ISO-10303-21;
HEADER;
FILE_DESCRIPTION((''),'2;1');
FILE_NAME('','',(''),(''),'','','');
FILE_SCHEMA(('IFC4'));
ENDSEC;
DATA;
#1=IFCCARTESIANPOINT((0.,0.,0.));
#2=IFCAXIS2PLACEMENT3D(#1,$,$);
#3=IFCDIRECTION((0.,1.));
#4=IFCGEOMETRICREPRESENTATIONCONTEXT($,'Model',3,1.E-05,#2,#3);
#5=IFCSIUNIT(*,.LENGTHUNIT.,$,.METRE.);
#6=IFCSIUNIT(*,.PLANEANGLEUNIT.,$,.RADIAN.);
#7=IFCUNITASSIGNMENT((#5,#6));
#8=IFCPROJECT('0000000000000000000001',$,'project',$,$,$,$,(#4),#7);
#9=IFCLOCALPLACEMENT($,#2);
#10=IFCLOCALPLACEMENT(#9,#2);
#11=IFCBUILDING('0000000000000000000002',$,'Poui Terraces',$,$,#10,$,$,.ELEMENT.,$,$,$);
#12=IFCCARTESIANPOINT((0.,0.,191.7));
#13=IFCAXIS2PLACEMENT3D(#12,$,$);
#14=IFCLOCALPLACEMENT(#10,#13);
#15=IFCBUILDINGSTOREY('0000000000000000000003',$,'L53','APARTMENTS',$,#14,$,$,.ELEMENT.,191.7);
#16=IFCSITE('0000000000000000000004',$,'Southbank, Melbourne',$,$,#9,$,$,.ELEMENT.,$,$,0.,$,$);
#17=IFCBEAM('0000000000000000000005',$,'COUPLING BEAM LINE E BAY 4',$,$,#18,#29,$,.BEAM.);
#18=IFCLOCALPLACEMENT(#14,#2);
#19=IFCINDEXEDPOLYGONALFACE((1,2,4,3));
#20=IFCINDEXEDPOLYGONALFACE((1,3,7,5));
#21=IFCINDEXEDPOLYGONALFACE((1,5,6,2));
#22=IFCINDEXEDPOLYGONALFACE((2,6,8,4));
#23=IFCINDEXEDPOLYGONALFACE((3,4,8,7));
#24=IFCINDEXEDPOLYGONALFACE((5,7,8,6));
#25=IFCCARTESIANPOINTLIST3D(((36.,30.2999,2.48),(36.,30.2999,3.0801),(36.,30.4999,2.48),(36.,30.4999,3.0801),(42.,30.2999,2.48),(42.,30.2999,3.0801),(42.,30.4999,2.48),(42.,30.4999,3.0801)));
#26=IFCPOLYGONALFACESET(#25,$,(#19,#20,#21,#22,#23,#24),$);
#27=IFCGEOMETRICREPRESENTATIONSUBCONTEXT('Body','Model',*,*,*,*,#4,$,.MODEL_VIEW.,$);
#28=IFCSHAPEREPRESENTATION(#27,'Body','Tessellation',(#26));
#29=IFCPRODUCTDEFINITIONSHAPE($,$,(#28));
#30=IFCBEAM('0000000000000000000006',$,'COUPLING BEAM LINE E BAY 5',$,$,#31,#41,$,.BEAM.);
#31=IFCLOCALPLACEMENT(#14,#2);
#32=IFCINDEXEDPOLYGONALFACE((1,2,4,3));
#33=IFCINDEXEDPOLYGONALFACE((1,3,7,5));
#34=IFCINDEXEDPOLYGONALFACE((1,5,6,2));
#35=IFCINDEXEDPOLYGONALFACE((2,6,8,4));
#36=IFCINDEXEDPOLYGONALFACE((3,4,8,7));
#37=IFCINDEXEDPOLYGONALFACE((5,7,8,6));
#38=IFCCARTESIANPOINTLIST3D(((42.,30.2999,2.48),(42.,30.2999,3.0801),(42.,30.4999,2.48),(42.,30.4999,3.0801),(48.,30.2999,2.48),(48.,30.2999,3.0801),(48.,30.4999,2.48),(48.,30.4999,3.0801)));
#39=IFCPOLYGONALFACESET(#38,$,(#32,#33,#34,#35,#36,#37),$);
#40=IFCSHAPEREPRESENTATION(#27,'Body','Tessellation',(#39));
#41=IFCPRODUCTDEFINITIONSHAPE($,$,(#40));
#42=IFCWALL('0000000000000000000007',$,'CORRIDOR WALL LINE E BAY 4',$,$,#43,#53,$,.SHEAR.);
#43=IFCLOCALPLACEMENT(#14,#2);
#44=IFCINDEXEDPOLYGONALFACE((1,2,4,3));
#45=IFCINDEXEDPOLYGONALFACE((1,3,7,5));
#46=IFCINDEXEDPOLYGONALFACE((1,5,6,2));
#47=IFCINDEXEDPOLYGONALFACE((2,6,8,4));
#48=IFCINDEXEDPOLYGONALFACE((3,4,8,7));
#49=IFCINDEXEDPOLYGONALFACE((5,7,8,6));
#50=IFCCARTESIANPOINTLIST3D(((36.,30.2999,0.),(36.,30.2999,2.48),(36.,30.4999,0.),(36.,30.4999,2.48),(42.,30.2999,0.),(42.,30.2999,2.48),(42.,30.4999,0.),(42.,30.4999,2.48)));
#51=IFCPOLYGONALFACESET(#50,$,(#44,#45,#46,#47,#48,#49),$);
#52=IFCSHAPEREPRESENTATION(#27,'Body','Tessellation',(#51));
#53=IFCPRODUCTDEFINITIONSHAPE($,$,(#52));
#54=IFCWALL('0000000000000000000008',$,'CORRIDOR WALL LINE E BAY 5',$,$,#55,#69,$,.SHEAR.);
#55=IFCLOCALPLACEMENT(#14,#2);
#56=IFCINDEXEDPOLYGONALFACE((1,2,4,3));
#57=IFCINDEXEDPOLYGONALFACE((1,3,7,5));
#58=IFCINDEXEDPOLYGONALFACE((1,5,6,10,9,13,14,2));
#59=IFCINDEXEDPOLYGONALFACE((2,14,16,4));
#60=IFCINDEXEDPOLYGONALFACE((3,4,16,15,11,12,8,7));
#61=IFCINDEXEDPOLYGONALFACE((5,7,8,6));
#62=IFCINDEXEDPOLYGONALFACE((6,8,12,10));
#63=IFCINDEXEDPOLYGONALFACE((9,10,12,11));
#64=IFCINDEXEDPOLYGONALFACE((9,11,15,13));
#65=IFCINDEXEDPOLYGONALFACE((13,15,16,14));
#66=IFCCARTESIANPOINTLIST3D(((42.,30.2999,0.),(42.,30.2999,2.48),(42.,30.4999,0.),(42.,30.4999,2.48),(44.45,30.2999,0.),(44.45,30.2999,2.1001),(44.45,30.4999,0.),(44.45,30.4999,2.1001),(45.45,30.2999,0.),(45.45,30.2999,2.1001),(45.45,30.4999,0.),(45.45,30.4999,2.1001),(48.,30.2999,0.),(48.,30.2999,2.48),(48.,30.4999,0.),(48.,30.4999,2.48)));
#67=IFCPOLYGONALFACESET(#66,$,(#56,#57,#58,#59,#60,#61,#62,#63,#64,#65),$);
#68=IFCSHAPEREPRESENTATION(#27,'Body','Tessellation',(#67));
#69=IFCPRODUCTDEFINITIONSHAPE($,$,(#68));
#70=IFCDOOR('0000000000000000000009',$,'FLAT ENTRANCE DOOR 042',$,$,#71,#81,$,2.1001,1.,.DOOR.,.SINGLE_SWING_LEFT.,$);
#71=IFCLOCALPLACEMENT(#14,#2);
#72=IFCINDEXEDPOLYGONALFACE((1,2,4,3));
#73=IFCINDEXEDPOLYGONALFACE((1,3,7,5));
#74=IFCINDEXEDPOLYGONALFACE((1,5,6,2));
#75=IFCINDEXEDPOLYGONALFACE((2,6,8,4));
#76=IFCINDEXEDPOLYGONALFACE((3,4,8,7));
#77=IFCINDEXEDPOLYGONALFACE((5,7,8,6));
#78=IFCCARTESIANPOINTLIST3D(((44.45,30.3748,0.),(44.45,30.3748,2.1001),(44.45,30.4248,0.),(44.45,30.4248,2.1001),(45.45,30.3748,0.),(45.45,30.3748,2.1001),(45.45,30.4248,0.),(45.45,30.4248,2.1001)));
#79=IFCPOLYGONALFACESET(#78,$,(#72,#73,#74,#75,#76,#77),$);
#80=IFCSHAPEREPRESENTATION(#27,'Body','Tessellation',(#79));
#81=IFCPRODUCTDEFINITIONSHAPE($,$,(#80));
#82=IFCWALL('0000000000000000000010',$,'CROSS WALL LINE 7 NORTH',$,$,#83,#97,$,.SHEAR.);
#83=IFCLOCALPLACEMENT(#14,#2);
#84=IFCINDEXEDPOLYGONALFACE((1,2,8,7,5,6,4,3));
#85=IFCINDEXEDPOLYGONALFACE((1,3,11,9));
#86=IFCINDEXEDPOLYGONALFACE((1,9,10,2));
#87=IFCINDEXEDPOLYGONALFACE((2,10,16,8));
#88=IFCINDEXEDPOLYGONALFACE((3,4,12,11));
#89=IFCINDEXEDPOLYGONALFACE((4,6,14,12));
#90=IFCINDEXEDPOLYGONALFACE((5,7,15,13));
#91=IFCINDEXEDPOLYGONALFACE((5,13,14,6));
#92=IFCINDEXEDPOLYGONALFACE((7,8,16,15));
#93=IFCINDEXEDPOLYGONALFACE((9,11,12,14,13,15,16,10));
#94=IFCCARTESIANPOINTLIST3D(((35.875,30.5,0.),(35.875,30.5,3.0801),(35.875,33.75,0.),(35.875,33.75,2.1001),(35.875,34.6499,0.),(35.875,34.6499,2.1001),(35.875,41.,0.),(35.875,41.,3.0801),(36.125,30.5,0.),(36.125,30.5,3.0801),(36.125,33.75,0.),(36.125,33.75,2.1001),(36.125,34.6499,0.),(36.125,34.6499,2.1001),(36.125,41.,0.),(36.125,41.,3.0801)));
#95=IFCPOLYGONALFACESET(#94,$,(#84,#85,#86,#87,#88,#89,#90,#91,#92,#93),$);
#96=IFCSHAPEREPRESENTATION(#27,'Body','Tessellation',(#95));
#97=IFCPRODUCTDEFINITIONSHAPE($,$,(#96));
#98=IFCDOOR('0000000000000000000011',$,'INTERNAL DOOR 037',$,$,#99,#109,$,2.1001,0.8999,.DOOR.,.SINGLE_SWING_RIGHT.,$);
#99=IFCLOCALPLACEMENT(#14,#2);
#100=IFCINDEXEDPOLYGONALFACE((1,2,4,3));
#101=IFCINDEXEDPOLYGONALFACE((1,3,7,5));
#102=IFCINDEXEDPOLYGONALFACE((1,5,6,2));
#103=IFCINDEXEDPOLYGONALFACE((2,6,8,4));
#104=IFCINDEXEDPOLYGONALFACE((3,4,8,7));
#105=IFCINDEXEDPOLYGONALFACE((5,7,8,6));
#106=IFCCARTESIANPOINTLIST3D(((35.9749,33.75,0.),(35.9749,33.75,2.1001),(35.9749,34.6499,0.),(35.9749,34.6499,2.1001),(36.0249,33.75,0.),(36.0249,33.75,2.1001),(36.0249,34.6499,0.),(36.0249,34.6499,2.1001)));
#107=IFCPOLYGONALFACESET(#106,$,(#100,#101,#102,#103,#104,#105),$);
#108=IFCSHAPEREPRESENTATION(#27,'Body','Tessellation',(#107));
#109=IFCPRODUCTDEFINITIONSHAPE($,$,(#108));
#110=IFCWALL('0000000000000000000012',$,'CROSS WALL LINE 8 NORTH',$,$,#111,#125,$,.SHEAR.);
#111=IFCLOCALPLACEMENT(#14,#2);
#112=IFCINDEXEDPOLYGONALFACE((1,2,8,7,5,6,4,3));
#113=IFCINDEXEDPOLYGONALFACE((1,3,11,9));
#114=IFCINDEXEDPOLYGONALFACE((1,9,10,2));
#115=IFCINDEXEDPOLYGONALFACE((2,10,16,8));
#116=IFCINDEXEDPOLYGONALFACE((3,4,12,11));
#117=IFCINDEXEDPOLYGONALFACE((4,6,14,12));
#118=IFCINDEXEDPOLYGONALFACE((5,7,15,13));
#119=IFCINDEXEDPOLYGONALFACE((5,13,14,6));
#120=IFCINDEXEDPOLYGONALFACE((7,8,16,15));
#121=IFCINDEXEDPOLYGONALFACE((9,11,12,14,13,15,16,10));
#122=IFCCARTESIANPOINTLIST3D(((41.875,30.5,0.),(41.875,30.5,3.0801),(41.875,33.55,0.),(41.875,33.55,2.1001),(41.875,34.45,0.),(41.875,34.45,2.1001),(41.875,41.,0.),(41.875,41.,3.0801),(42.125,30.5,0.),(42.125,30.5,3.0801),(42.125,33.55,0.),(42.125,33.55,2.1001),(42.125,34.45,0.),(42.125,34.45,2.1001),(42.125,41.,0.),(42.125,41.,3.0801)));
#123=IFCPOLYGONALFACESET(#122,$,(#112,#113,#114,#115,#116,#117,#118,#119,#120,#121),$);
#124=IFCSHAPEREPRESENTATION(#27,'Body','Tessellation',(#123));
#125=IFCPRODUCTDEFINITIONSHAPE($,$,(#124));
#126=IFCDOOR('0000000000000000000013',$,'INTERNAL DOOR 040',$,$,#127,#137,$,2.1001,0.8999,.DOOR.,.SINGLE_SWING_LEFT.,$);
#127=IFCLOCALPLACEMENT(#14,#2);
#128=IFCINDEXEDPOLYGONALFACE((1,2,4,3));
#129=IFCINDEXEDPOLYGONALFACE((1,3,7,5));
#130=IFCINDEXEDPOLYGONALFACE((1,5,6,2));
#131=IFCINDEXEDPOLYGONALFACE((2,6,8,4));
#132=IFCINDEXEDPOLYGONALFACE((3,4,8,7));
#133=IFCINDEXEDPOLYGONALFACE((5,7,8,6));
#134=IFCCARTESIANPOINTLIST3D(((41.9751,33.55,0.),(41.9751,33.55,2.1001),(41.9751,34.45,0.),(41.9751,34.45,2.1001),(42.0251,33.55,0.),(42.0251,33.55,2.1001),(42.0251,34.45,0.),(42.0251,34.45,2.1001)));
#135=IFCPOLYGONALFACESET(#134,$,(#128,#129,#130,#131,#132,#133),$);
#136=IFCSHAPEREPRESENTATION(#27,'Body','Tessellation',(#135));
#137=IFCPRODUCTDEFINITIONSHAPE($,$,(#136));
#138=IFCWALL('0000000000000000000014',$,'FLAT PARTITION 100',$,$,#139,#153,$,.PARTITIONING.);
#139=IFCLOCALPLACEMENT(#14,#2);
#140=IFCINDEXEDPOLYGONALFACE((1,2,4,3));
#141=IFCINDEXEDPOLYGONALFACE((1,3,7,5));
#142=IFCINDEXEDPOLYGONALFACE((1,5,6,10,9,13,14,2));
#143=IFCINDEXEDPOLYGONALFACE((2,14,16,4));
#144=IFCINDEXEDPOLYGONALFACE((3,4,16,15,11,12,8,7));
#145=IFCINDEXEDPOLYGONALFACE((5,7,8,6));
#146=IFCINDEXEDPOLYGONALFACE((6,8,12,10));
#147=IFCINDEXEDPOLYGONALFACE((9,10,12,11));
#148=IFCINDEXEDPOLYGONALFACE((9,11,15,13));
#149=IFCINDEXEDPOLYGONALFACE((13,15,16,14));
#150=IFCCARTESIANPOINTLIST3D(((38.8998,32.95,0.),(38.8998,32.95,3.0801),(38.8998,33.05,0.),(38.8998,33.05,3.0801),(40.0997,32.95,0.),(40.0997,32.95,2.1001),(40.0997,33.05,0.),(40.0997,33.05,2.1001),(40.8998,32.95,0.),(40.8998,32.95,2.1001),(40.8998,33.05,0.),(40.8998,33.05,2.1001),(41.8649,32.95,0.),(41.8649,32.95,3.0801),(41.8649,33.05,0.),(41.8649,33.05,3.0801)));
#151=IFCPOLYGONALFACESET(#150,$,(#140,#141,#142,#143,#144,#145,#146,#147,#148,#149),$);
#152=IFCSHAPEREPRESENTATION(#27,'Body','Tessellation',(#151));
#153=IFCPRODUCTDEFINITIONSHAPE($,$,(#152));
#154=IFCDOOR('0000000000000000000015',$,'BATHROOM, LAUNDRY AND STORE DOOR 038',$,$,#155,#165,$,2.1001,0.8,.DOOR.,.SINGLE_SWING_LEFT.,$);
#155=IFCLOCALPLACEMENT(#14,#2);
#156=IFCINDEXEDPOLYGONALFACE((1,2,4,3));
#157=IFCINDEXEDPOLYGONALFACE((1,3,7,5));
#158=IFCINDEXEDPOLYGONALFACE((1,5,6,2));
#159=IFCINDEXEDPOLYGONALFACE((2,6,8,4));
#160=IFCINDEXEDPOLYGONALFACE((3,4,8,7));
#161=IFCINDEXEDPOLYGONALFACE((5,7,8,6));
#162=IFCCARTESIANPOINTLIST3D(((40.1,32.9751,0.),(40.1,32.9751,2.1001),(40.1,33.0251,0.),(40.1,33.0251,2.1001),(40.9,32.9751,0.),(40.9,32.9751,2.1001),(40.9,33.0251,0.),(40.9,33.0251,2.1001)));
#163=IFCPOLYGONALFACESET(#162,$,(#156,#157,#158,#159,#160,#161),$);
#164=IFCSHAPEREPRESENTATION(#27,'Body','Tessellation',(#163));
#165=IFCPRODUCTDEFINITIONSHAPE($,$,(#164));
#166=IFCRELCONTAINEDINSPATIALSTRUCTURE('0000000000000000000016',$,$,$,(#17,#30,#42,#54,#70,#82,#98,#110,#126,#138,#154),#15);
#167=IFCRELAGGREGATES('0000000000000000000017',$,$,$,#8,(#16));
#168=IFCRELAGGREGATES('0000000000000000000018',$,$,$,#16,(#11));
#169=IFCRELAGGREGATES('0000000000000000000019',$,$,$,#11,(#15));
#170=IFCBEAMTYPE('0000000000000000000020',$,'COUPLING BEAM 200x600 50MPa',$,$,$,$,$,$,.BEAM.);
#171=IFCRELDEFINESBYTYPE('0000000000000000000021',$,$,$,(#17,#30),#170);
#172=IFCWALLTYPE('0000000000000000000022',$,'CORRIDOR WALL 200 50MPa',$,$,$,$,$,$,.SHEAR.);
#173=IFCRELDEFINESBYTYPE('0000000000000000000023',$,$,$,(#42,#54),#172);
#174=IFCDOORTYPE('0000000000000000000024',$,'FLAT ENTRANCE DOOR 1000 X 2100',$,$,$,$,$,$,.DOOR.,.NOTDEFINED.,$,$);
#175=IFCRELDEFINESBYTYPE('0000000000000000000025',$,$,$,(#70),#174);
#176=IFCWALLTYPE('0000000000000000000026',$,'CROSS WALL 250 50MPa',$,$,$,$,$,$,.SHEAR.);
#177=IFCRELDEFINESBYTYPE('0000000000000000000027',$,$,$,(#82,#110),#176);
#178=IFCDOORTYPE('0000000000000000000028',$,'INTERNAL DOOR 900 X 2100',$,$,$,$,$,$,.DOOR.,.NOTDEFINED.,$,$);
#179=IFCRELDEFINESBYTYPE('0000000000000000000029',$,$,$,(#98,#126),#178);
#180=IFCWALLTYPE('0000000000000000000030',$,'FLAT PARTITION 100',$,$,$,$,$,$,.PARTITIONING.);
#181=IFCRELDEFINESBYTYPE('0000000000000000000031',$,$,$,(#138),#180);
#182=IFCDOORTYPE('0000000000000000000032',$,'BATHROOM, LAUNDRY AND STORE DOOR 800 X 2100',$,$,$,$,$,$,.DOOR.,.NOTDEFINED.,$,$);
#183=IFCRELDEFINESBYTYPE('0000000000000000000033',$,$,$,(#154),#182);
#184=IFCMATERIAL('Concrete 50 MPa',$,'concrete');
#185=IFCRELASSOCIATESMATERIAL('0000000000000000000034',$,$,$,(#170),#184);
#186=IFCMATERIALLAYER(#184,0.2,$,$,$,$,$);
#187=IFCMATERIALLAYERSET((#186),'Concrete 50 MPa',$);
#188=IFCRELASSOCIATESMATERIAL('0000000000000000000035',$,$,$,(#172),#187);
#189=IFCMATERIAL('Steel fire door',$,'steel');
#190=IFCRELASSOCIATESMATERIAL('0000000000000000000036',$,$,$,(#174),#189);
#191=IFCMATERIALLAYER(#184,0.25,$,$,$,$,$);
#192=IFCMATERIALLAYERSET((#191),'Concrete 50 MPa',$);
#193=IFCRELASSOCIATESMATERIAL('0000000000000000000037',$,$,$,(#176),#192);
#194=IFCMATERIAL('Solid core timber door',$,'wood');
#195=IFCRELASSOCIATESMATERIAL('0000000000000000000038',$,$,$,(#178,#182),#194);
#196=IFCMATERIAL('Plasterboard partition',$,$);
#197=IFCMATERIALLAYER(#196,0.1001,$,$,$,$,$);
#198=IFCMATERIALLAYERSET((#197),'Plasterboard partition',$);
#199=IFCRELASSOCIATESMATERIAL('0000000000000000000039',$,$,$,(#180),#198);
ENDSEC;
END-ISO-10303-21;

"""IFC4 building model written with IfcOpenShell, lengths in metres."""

from ifc_helpers import new_model, si_unit, direction, frame, frame_2d, origin, origin_2d, place, context, subcontext, project, spatial, rectangle, extrude, source, transform, mapped, material, layer, layer_set, material_profile, profile_set, type_object, element, fill, save


model = new_model("IFC4")

# Units and contexts
model_context = context("Model", 3, precision=1e-05, world=origin(), true_north=direction((0.0, 1.0)))
body_context = subcontext(model_context, "Body", "Model", "MODEL_VIEW")
ifc_project = project(units=[si_unit("LENGTHUNIT", "METRE"), si_unit("PLANEANGLEUNIT", "RADIAN")], contexts=[model_context])

# Site, building, storey
site_placement = place(None, origin())
site = spatial("IfcSite", under=ifc_project, at=site_placement, Name="Southbank, Melbourne", CompositionType="ELEMENT", RefElevation=0.0)
building_placement = place(site_placement, origin())
building = spatial("IfcBuilding", under=site, at=building_placement, Name="Poui Terraces", CompositionType="ELEMENT")
storey_placement = place(building_placement, frame((0.0, 0.0, 191.7)))
storey = spatial("IfcBuildingStorey", under=building, at=storey_placement, Name="L53", Description="APARTMENTS", CompositionType="ELEMENT", Elevation=191.7)

# Beams
ifc_material_1 = material(Name="Concrete 50 MPa", Category="concrete")
ifc_material_profile_1 = material_profile(ifc_material_1, rectangle(XDim=0.2, YDim=0.6001, at=origin_2d()), Name="RC 200x600")
ifc_profile_set_1 = profile_set([ifc_material_profile_1], Name="Concrete 50 MPa")
beam_type = type_object("IfcBeamType", Name="COUPLING BEAM 200x600 50MPa", PredefinedType="BEAM", material=ifc_profile_set_1)
shared_shape_1 = source(origin(), body_context, "Body", "SweptSolid", [
    extrude(rectangle(XDim=0.2, YDim=0.6001, at=origin_2d()), origin(), (0.0, 0.0, 1.0), 6.0),
])
for number, where, z_axis, x_axis, name in (
    (1, (36.0, 30.3999, 2.78), (1.0, 0.0, 0.0), (0.0, 1.0, 0.0), "COUPLING BEAM LINE E BAY 4"),
    (2, (42.0, 30.3999, 2.78), (1.0, 0.0, 0.0), (0.0, 1.0, 0.0), "COUPLING BEAM LINE E BAY 5"),
):
    element("IfcBeam", number, at=place(storey_placement, frame(where, z_axis=z_axis, x_axis=x_axis)), inside=storey, type_object=beam_type, Name=name, PredefinedType="BEAM", context=body_context, shape_type="MappedRepresentation", body=[
        mapped(shared_shape_1, transform((0.0, 0.0, 0.0))),
    ])

# Wall
ifc_layer_1 = layer(ifc_material_1, 0.2)
ifc_layer_set_1 = layer_set([ifc_layer_1], Name="Concrete 50 MPa")
wall_type_1 = type_object("IfcWallType", Name="CORRIDOR WALL 200 50MPa", PredefinedType="SHEAR", material=ifc_layer_set_1)
wall_1_placement = place(storey_placement, frame((36.0, 30.3999, 0.0), z_axis=(0.0, 0.0, 1.0), x_axis=(1.0, 0.0, 0.0)))
element("IfcWall", 3, at=wall_1_placement, inside=storey, type_object=wall_type_1, Name="CORRIDOR WALL LINE E BAY 4", PredefinedType="SHEAR", context=body_context, shape_type="SweptSolid", body=[
    extrude(rectangle(XDim=6.0, YDim=0.2, at=frame_2d((3.0, 0.0))), origin(), (0.0, 0.0, 1.0), 2.48),
])

# Walls, openings, doors
wall_2_placement = place(storey_placement, frame((42.0, 30.3999, 0.0), z_axis=(0.0, 0.0, 1.0), x_axis=(1.0, 0.0, 0.0)))
wall_2 = element("IfcWall", 4, at=wall_2_placement, inside=storey, type_object=wall_type_1, Name="CORRIDOR WALL LINE E BAY 5", PredefinedType="SHEAR", context=body_context, shape_type="SweptSolid", body=[
    extrude(rectangle(XDim=6.0, YDim=0.2, at=frame_2d((3.0, 0.0))), origin(), (0.0, 0.0, 1.0), 2.48),
])
opening_1_placement = place(wall_2_placement, frame((2.45, 0.0, 0.0)))
opening_1 = element("IfcOpeningElement", 5, at=opening_1_placement, cuts=wall_2, PredefinedType="OPENING", context=body_context, shape_type="SweptSolid", body=[
    extrude(rectangle(XDim=1.0, YDim=2.1001, at=frame_2d((0.5, 1.05))), frame((0.0, 0.1099, 0.0), z_axis=(0.0, -1.0, 0.0), x_axis=(1.0, 0.0, 0.0)), (0.0, 0.0, 1.0), 0.22),
])
ifc_material_2 = material(Name="Steel fire door", Category="steel")
door_type_1 = type_object("IfcDoorType", Name="FLAT ENTRANCE DOOR 1000 X 2100", OperationType="NOTDEFINED", PredefinedType="DOOR", material=ifc_material_2)
door_1_placement = place(opening_1_placement, origin())
door_1 = element("IfcDoor", 6, at=door_1_placement, inside=storey, type_object=door_type_1, Name="FLAT ENTRANCE DOOR 042", OperationType="SINGLE_SWING_LEFT", OverallHeight=2.1001, OverallWidth=1.0, PredefinedType="DOOR", context=body_context, shape_type="SweptSolid", body=[
    extrude(rectangle(XDim=1.0, YDim=2.1001, at=frame_2d((0.5, 1.05))), frame((0.0, 0.0249, 0.0), z_axis=(0.0, -1.0, 0.0), x_axis=(1.0, 0.0, 0.0)), (0.0, 0.0, 1.0), 0.05),
])
fill(opening_1, door_1)
ifc_layer_2 = layer(ifc_material_1, 0.25)
ifc_layer_set_2 = layer_set([ifc_layer_2], Name="Concrete 50 MPa")
wall_type_2 = type_object("IfcWallType", Name="CROSS WALL 250 50MPa", PredefinedType="SHEAR", material=ifc_layer_set_2)
wall_3_placement = place(storey_placement, frame((36.0, 30.5, 0.0), z_axis=(0.0, 0.0, 1.0), x_axis=(0.0, 1.0, 0.0)))
wall_3 = element("IfcWall", 7, at=wall_3_placement, inside=storey, type_object=wall_type_2, Name="CROSS WALL LINE 7 NORTH", PredefinedType="SHEAR", context=body_context, shape_type="SweptSolid", body=[
    extrude(rectangle(XDim=10.5, YDim=0.25, at=frame_2d((5.25, 0.0))), origin(), (0.0, 0.0, 1.0), 3.0801),
])
opening_2_placement = place(wall_3_placement, frame((3.25, 0.0, 0.0)))
opening_2 = element("IfcOpeningElement", 8, at=opening_2_placement, cuts=wall_3, PredefinedType="OPENING", context=body_context, shape_type="SweptSolid", body=[
    extrude(rectangle(XDim=0.8999, YDim=2.1001, at=frame_2d((0.45, 1.05))), frame((0.0, 0.135, 0.0), z_axis=(0.0, -1.0, 0.0), x_axis=(1.0, 0.0, 0.0)), (0.0, 0.0, 1.0), 0.27),
])
ifc_material_3 = material(Name="Solid core timber door", Category="wood")
door_type_2 = type_object("IfcDoorType", Name="INTERNAL DOOR 900 X 2100", OperationType="NOTDEFINED", PredefinedType="DOOR", material=ifc_material_3)
door_2_placement = place(opening_2_placement, frame((0.8999, 0.0, 0.0), z_axis=(0.0, 0.0, 1.0), x_axis=(-1.0, 0.0, 0.0)))
door_2 = element("IfcDoor", 9, at=door_2_placement, inside=storey, type_object=door_type_2, Name="INTERNAL DOOR 037", OperationType="SINGLE_SWING_RIGHT", OverallHeight=2.1001, OverallWidth=0.8999, PredefinedType="DOOR", context=body_context, shape_type="SweptSolid", body=[
    extrude(rectangle(XDim=0.8999, YDim=2.1001, at=frame_2d((0.45, 1.05))), frame((0.0, 0.0249, 0.0), z_axis=(0.0, -1.0, 0.0), x_axis=(1.0, 0.0, 0.0)), (0.0, 0.0, 1.0), 0.05),
])
fill(opening_2, door_2)
wall_4_placement = place(storey_placement, frame((42.0, 30.5, 0.0), z_axis=(0.0, 0.0, 1.0), x_axis=(0.0, 1.0, 0.0)))
wall_4 = element("IfcWall", 10, at=wall_4_placement, inside=storey, type_object=wall_type_2, Name="CROSS WALL LINE 8 NORTH", PredefinedType="SHEAR", context=body_context, shape_type="SweptSolid", body=[
    extrude(rectangle(XDim=10.5, YDim=0.25, at=frame_2d((5.25, 0.0))), origin(), (0.0, 0.0, 1.0), 3.0801),
])
opening_3_placement = place(wall_4_placement, frame((3.05, 0.0, 0.0)))
opening_3 = element("IfcOpeningElement", 11, at=opening_3_placement, cuts=wall_4, PredefinedType="OPENING", context=body_context, shape_type="SweptSolid", body=[
    extrude(rectangle(XDim=0.8999, YDim=2.1001, at=frame_2d((0.45, 1.05))), frame((0.0, 0.135, 0.0), z_axis=(0.0, -1.0, 0.0), x_axis=(1.0, 0.0, 0.0)), (0.0, 0.0, 1.0), 0.27),
])
door_3_placement = place(opening_3_placement, origin())
door_3 = element("IfcDoor", 12, at=door_3_placement, inside=storey, type_object=door_type_2, Name="INTERNAL DOOR 040", OperationType="SINGLE_SWING_LEFT", OverallHeight=2.1001, OverallWidth=0.8999, PredefinedType="DOOR", context=body_context, shape_type="SweptSolid", body=[
    extrude(rectangle(XDim=0.8999, YDim=2.1001, at=frame_2d((0.45, 1.05))), frame((0.0, 0.0249, 0.0), z_axis=(0.0, -1.0, 0.0), x_axis=(1.0, 0.0, 0.0)), (0.0, 0.0, 1.0), 0.05),
])
fill(opening_3, door_3)
ifc_material_4 = material(Name="Plasterboard partition")
ifc_layer_3 = layer(ifc_material_4, 0.1001)
ifc_layer_set_3 = layer_set([ifc_layer_3], Name="Plasterboard partition")
wall_type_3 = type_object("IfcWallType", Name="FLAT PARTITION 100", PredefinedType="PARTITIONING", material=ifc_layer_set_3)
wall_5_placement = place(storey_placement, frame((38.8999, 33.0, 0.0), z_axis=(0.0, 0.0, 1.0), x_axis=(1.0, 0.0, 0.0)))
wall_5 = element("IfcWall", 13, at=wall_5_placement, inside=storey, type_object=wall_type_3, Name="FLAT PARTITION 100", PredefinedType="PARTITIONING", context=body_context, shape_type="SweptSolid", body=[
    extrude(rectangle(XDim=2.9651, YDim=0.1001, at=frame_2d((1.4824, 0.0))), origin(), (0.0, 0.0, 1.0), 3.0801),
])
opening_4_placement = place(wall_5_placement, frame((1.2, 0.0, 0.0)))
opening_4 = element("IfcOpeningElement", 14, at=opening_4_placement, cuts=wall_5, PredefinedType="OPENING", context=body_context, shape_type="SweptSolid", body=[
    extrude(rectangle(XDim=0.8, YDim=2.1001, at=frame_2d((0.3999, 1.05))), frame((0.0, 0.0601, 0.0), z_axis=(0.0, -1.0, 0.0), x_axis=(1.0, 0.0, 0.0)), (0.0, 0.0, 1.0), 0.1201),
])
door_type_3 = type_object("IfcDoorType", Name="BATHROOM, LAUNDRY AND STORE DOOR 800 X 2100", OperationType="NOTDEFINED", PredefinedType="DOOR", material=ifc_material_3)
door_4_placement = place(opening_4_placement, frame((0.8, 0.0, 0.0), z_axis=(0.0, 0.0, 1.0), x_axis=(-1.0, 0.0, 0.0)))
door_4 = element("IfcDoor", 15, at=door_4_placement, inside=storey, type_object=door_type_3, Name="BATHROOM, LAUNDRY AND STORE DOOR 038", OperationType="SINGLE_SWING_LEFT", OverallHeight=2.1001, OverallWidth=0.8, PredefinedType="DOOR", context=body_context, shape_type="SweptSolid", body=[
    extrude(rectangle(XDim=0.8, YDim=2.1001, at=frame_2d((0.3999, 1.05))), frame((0.0, 0.0249, 0.0), z_axis=(0.0, -1.0, 0.0), x_axis=(1.0, 0.0, 0.0)), (0.0, 0.0, 1.0), 0.05),
])
fill(opening_4, door_4)

save(model, "model.ifc")
